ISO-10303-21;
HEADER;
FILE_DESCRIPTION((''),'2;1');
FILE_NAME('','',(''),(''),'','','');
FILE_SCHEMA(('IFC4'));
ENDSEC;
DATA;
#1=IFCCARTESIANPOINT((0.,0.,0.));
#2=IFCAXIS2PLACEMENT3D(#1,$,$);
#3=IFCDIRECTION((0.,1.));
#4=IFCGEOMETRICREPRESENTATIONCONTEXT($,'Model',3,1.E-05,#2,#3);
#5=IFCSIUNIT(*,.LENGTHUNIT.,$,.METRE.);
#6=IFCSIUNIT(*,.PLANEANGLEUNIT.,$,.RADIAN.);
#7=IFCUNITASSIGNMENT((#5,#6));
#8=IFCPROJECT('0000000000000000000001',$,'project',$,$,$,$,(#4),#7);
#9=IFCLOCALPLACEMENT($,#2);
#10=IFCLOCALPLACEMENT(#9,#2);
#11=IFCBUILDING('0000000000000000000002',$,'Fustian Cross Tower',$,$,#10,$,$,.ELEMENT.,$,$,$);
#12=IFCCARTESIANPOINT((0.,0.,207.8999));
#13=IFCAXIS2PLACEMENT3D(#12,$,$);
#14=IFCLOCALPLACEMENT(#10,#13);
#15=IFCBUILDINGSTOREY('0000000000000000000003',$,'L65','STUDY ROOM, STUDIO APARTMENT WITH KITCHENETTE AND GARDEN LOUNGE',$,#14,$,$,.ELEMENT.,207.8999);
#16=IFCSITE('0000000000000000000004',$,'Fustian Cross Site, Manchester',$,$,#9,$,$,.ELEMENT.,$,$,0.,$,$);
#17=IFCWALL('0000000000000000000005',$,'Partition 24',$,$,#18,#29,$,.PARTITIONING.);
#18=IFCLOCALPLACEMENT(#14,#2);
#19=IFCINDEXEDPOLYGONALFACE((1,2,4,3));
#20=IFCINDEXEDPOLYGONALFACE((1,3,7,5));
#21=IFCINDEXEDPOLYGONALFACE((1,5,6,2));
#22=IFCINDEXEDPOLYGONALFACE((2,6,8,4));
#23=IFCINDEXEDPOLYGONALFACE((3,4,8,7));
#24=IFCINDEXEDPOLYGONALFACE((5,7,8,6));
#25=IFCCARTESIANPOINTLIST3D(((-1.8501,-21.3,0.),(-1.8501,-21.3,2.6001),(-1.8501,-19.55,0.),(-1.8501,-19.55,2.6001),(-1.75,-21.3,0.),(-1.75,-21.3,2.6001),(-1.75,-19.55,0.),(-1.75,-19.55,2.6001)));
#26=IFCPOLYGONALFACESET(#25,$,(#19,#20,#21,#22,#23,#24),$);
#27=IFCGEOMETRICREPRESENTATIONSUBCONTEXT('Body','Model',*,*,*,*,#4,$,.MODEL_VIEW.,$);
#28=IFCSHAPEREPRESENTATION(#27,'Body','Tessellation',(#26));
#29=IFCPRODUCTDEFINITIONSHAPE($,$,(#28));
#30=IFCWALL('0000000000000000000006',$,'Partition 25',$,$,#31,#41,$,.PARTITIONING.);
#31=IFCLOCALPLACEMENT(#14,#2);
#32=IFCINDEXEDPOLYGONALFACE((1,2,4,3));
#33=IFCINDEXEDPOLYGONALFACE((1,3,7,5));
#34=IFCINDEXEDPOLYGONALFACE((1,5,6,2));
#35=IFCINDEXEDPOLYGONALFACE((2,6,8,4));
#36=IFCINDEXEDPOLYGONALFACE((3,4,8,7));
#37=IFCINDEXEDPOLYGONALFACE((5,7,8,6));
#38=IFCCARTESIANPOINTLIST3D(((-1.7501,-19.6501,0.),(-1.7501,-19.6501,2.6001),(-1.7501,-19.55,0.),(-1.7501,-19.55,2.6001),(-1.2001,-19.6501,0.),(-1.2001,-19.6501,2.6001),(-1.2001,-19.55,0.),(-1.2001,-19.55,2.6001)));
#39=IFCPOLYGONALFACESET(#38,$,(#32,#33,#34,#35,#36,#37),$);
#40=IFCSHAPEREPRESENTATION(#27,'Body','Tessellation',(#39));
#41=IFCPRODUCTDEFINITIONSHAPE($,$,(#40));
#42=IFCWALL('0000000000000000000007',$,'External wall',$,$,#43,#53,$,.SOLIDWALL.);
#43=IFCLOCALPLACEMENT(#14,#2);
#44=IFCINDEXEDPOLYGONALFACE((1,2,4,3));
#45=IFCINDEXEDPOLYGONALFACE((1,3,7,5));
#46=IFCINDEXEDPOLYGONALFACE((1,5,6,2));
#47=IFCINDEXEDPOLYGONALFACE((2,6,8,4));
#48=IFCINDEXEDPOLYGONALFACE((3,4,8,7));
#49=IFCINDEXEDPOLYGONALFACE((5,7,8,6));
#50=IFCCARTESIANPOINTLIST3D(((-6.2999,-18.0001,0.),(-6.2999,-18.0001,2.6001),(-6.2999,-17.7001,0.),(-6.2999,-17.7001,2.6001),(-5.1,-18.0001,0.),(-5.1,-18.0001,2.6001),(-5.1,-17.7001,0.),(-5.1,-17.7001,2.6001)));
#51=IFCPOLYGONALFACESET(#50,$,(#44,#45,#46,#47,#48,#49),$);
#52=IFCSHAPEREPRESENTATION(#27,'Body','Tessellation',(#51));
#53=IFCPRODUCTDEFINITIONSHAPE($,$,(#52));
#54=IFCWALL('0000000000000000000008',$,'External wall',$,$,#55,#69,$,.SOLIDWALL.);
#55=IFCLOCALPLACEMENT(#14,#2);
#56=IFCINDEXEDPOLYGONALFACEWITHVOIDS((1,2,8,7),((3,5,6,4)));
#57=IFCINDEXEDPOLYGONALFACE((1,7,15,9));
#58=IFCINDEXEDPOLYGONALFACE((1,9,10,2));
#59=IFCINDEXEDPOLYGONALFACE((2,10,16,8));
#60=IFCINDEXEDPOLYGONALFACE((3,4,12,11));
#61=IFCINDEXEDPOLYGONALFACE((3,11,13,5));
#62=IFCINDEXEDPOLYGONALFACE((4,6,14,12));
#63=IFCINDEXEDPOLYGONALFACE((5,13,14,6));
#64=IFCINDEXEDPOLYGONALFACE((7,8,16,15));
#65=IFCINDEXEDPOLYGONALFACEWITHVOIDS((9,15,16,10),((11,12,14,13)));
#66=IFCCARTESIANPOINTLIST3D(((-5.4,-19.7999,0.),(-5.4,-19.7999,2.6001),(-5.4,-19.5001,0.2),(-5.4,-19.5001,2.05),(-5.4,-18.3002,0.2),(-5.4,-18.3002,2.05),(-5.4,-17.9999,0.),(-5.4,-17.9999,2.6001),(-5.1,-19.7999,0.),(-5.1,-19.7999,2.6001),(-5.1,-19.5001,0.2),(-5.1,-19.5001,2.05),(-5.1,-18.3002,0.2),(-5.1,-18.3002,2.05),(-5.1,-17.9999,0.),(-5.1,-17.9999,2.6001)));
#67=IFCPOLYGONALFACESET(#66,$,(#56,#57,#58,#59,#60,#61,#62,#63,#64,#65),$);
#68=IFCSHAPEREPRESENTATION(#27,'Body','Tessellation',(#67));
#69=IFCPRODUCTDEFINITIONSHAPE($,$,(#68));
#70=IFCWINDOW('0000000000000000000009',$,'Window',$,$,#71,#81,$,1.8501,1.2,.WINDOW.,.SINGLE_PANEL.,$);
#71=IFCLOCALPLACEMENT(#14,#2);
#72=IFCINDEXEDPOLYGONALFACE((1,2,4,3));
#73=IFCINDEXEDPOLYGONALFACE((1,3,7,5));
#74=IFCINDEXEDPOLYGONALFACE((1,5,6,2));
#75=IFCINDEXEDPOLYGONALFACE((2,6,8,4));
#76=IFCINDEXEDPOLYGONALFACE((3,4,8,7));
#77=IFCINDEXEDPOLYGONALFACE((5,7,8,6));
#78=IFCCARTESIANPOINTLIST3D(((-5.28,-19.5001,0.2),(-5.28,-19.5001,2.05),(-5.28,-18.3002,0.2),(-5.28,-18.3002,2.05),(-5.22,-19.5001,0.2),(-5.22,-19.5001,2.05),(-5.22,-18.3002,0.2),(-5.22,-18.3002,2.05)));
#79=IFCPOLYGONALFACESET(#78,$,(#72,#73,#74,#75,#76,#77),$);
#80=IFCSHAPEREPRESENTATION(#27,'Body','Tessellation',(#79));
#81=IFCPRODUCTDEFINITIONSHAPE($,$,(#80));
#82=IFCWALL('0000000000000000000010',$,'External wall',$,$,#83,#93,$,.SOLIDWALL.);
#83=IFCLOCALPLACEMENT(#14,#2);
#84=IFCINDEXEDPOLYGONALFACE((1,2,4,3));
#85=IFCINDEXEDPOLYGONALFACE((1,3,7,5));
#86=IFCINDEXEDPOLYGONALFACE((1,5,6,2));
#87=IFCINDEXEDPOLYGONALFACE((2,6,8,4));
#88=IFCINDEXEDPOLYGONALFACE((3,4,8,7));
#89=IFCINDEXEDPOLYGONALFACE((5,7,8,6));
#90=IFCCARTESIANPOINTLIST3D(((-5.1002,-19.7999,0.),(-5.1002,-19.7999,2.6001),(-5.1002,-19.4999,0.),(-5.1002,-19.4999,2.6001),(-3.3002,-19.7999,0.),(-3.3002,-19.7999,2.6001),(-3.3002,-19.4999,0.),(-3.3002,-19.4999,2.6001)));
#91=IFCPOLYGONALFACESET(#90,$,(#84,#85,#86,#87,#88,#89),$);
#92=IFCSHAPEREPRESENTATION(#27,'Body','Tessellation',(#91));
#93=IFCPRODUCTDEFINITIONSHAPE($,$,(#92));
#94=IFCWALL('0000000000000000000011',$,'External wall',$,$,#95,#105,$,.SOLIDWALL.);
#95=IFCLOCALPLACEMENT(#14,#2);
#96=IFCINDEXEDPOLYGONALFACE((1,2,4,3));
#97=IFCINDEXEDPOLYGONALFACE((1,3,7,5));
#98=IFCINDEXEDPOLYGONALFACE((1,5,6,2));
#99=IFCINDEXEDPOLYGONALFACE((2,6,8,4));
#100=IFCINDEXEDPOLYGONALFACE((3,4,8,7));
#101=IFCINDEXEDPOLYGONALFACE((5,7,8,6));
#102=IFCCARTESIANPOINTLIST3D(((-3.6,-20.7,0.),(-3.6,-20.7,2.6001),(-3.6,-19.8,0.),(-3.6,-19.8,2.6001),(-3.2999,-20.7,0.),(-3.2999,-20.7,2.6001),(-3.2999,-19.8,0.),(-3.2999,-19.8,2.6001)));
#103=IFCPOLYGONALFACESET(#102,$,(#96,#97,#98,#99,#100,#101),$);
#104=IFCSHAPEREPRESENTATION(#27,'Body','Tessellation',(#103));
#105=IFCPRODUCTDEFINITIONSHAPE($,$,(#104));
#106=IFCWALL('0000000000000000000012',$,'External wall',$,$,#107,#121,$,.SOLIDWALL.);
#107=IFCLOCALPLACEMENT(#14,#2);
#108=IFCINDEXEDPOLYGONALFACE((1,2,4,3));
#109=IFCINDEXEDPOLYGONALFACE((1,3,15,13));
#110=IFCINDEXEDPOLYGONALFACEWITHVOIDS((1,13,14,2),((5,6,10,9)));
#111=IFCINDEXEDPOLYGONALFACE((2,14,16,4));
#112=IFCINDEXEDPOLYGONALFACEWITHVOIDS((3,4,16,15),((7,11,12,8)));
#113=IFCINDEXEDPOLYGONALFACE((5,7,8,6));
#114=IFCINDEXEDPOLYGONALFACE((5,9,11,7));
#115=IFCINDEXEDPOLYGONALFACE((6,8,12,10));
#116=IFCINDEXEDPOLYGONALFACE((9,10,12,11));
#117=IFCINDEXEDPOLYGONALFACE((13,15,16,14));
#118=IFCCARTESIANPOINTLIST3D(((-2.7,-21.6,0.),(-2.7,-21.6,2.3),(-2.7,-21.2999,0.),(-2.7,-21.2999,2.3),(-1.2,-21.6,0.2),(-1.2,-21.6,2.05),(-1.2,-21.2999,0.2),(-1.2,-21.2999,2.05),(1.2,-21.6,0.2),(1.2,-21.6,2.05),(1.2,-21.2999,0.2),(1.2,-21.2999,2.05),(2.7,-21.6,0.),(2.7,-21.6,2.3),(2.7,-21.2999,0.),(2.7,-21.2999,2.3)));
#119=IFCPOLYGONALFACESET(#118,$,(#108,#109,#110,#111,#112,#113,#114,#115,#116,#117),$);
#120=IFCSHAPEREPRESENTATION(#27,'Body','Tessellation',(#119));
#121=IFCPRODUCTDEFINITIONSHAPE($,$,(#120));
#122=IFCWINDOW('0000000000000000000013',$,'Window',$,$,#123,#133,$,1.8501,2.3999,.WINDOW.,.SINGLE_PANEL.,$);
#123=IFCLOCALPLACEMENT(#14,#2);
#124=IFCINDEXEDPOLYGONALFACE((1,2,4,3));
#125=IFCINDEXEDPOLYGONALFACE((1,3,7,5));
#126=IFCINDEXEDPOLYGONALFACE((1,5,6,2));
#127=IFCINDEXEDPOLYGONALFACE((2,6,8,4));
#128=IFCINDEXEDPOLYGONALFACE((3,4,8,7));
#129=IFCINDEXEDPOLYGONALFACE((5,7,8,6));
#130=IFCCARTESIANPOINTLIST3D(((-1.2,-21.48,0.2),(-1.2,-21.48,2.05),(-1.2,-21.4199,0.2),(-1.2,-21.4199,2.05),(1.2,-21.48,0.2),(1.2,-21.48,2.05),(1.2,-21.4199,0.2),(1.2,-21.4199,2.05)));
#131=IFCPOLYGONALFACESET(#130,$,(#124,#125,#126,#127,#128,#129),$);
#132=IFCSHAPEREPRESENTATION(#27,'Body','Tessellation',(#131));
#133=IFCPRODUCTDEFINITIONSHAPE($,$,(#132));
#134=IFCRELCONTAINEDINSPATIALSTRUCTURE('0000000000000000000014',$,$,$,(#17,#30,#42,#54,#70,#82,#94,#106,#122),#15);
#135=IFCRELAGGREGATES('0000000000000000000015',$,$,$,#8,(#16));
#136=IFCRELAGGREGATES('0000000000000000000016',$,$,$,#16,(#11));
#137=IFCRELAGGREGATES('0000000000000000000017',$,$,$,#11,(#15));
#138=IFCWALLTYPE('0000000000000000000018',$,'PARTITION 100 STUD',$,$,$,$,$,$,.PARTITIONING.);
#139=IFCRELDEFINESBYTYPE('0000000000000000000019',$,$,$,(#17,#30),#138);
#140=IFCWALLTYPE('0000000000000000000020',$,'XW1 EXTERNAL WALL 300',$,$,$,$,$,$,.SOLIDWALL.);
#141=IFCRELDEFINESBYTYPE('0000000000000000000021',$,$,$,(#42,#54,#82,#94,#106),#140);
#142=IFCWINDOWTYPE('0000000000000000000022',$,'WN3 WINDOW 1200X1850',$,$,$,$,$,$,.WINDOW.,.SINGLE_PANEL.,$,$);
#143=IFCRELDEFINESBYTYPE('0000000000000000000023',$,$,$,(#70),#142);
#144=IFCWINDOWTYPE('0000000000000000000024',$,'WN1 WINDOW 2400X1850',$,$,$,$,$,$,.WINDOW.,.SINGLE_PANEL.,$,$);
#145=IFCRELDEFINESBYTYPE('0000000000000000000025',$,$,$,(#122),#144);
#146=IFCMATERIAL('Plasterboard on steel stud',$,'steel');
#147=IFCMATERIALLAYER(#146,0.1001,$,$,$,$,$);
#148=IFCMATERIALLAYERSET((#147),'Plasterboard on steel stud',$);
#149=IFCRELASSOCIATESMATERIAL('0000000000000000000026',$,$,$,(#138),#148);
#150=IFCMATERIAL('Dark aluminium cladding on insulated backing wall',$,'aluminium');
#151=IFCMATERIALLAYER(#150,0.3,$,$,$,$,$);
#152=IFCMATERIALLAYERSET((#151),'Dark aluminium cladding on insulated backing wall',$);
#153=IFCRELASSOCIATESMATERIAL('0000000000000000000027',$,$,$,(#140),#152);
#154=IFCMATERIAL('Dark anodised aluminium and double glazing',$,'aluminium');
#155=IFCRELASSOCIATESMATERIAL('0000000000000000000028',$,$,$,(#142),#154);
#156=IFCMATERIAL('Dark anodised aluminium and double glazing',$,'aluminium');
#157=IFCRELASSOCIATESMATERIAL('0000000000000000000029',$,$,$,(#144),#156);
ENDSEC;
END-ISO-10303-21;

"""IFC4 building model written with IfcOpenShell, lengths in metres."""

from ifc_helpers import new_model, si_unit, direction, frame, frame_2d, origin, place, context, subcontext, project, spatial, rectangle, extrude, material, layer, layer_set, type_object, element, fill, save


model = new_model("IFC4")

# Units and contexts
model_context = context("Model", 3, precision=1e-05, world=origin(), true_north=direction((0.0, 1.0)))
body_context = subcontext(model_context, "Body", "Model", "MODEL_VIEW")
ifc_project = project(units=[si_unit("LENGTHUNIT", "METRE"), si_unit("PLANEANGLEUNIT", "RADIAN")], contexts=[model_context])

# Site, building, storey
site_placement = place(None, origin())
site = spatial("IfcSite", under=ifc_project, at=site_placement, Name="Fustian Cross Site, Manchester", CompositionType="ELEMENT", RefElevation=0.0)
building_placement = place(site_placement, origin())
building = spatial("IfcBuilding", under=site, at=building_placement, Name="Fustian Cross Tower", CompositionType="ELEMENT")
storey_placement = place(building_placement, frame((0.0, 0.0, 207.8999)))
storey = spatial("IfcBuildingStorey", under=building, at=storey_placement, Name="L65", Description="STUDY ROOM, STUDIO APARTMENT WITH KITCHENETTE AND GARDEN LOUNGE", CompositionType="ELEMENT", Elevation=207.8999)

# Walls
ifc_material_1 = material(Name="Plasterboard on steel stud", Category="steel")
ifc_layer_1 = layer(ifc_material_1, 0.1001)
ifc_layer_set_1 = layer_set([ifc_layer_1], Name="Plasterboard on steel stud")
wall_type_1 = type_object("IfcWallType", Name="PARTITION 100 STUD", PredefinedType="PARTITIONING", material=ifc_layer_set_1)
wall_1_placement = place(storey_placement, frame((-1.8, -21.3, 0.0), z_axis=(0.0, 0.0, 1.0), x_axis=(0.0, 1.0, 0.0)))
element("IfcWall", 1, at=wall_1_placement, inside=storey, type_object=wall_type_1, Name="Partition 24", PredefinedType="PARTITIONING", context=body_context, shape_type="SweptSolid", body=[
    extrude(rectangle(XDim=1.75, YDim=0.1001, at=frame_2d((0.875, 0.0))), origin(), (0.0, 0.0, 1.0), 2.6001),
])
wall_2_placement = place(storey_placement, frame((-1.75, -19.6001, 0.0), z_axis=(0.0, 0.0, 1.0), x_axis=(1.0, 0.0, 0.0)))
element("IfcWall", 2, at=wall_2_placement, inside=storey, type_object=wall_type_1, Name="Partition 25", PredefinedType="PARTITIONING", context=body_context, shape_type="SweptSolid", body=[
    extrude(rectangle(XDim=0.55, YDim=0.1001, at=frame_2d((0.2749, 0.0))), origin(), (0.0, 0.0, 1.0), 2.6001),
])
ifc_material_2 = material(Name="Dark aluminium cladding on insulated backing wall", Category="aluminium")
ifc_layer_2 = layer(ifc_material_2, 0.3)
ifc_layer_set_2 = layer_set([ifc_layer_2], Name="Dark aluminium cladding on insulated backing wall")
wall_type_2 = type_object("IfcWallType", Name="XW1 EXTERNAL WALL 300", PredefinedType="SOLIDWALL", material=ifc_layer_set_2)
wall_3_placement = place(storey_placement, frame((-6.3, -17.8501, 0.0), z_axis=(0.0, 0.0, 1.0), x_axis=(1.0, 0.0, 0.0)))
element("IfcWall", 3, at=wall_3_placement, inside=storey, type_object=wall_type_2, Name="External wall", PredefinedType="SOLIDWALL", context=body_context, shape_type="SweptSolid", body=[
    extrude(rectangle(XDim=1.2, YDim=0.3, at=frame_2d((0.6001, 0.0))), origin(), (0.0, 0.0, 1.0), 2.6001),
])

# Wall, opening, window
wall_4_placement = place(storey_placement, frame((-5.25, -18.0, 0.0), z_axis=(0.0, 0.0, 1.0), x_axis=(0.0, -1.0, 0.0)))
wall_4 = element("IfcWall", 4, at=wall_4_placement, inside=storey, type_object=wall_type_2, Name="External wall", PredefinedType="SOLIDWALL", context=body_context, shape_type="SweptSolid", body=[
    extrude(rectangle(XDim=1.8, YDim=0.3, at=frame_2d((0.8999, 0.0))), origin(), (0.0, 0.0, 1.0), 2.6001),
])
opening_1_placement = place(wall_4_placement, frame((0.3, 0.0, 0.2)))
opening_1 = element("IfcOpeningElement", 5, at=opening_1_placement, cuts=wall_4, PredefinedType="OPENING", context=body_context, shape_type="SweptSolid", body=[
    extrude(rectangle(XDim=1.2, YDim=1.8501, at=frame_2d((0.6001, 0.925))), frame((0.0, 0.1599, 0.0), z_axis=(0.0, -1.0, 0.0), x_axis=(1.0, 0.0, 0.0)), (0.0, 0.0, 1.0), 0.3201),
])
ifc_material_3 = material(Name="Dark anodised aluminium and double glazing", Category="aluminium")
window_type_1 = type_object("IfcWindowType", Name="WN3 WINDOW 1200X1850", PartitioningType="SINGLE_PANEL", PredefinedType="WINDOW", material=ifc_material_3)
window_1_placement = place(opening_1_placement, origin())
window_1 = element("IfcWindow", 6, at=window_1_placement, inside=storey, type_object=window_type_1, Name="Window", OverallHeight=1.8501, OverallWidth=1.2, PartitioningType="SINGLE_PANEL", PredefinedType="WINDOW", context=body_context, shape_type="SweptSolid", body=[
    extrude(rectangle(XDim=1.2, YDim=1.8501, at=frame_2d((0.6001, 0.925))), frame((0.0, 0.03, 0.0), z_axis=(0.0, -1.0, 0.0), x_axis=(1.0, 0.0, 0.0)), (0.0, 0.0, 1.0), 0.0601),
])
fill(opening_1, window_1)

# Walls
wall_5_placement = place(storey_placement, frame((-5.1001, -19.6499, 0.0), z_axis=(0.0, 0.0, 1.0), x_axis=(1.0, 0.0, 0.0)))
element("IfcWall", 7, at=wall_5_placement, inside=storey, type_object=wall_type_2, Name="External wall", PredefinedType="SOLIDWALL", context=body_context, shape_type="SweptSolid", body=[
    extrude(rectangle(XDim=1.8, YDim=0.3, at=frame_2d((0.8999, 0.0))), origin(), (0.0, 0.0, 1.0), 2.6001),
])
wall_6_placement = place(storey_placement, frame((-3.45, -19.8, 0.0), z_axis=(0.0, 0.0, 1.0), x_axis=(0.0, -1.0, 0.0)))
element("IfcWall", 8, at=wall_6_placement, inside=storey, type_object=wall_type_2, Name="External wall", PredefinedType="SOLIDWALL", context=body_context, shape_type="SweptSolid", body=[
    extrude(rectangle(XDim=0.8999, YDim=0.3, at=frame_2d((0.45, 0.0))), origin(), (0.0, 0.0, 1.0), 2.6001),
])

# Wall, opening, window
wall_7_placement = place(storey_placement, frame((-2.7, -21.45, 0.0), z_axis=(0.0, 0.0, 1.0), x_axis=(1.0, 0.0, 0.0)))
wall_7 = element("IfcWall", 9, at=wall_7_placement, inside=storey, type_object=wall_type_2, Name="External wall", PredefinedType="SOLIDWALL", context=body_context, shape_type="SweptSolid", body=[
    extrude(rectangle(XDim=5.3999, YDim=0.3, at=frame_2d((2.7, 0.0))), origin(), (0.0, 0.0, 1.0), 2.3),
])
opening_2_placement = place(wall_7_placement, frame((1.5, 0.0, 0.2)))
opening_2 = element("IfcOpeningElement", 10, at=opening_2_placement, cuts=wall_7, PredefinedType="OPENING", context=body_context, shape_type="SweptSolid", body=[
    extrude(rectangle(XDim=2.3999, YDim=1.8501, at=frame_2d((1.2, 0.925))), frame((0.0, 0.1599, 0.0), z_axis=(0.0, -1.0, 0.0), x_axis=(1.0, 0.0, 0.0)), (0.0, 0.0, 1.0), 0.3201),
])
ifc_material_4 = material(Name="Dark anodised aluminium and double glazing", Category="aluminium")
window_type_2 = type_object("IfcWindowType", Name="WN1 WINDOW 2400X1850", PartitioningType="SINGLE_PANEL", PredefinedType="WINDOW", material=ifc_material_4)
window_2_placement = place(opening_2_placement, origin())
window_2 = element("IfcWindow", 11, at=window_2_placement, inside=storey, type_object=window_type_2, Name="Window", OverallHeight=1.8501, OverallWidth=2.3999, PartitioningType="SINGLE_PANEL", PredefinedType="WINDOW", context=body_context, shape_type="SweptSolid", body=[
    extrude(rectangle(XDim=2.3999, YDim=1.8501, at=frame_2d((1.2, 0.925))), frame((0.0, 0.03, 0.0), z_axis=(0.0, -1.0, 0.0), x_axis=(1.0, 0.0, 0.0)), (0.0, 0.0, 1.0), 0.0601),
])
fill(opening_2, window_2)

save(model, "model.ifc")
